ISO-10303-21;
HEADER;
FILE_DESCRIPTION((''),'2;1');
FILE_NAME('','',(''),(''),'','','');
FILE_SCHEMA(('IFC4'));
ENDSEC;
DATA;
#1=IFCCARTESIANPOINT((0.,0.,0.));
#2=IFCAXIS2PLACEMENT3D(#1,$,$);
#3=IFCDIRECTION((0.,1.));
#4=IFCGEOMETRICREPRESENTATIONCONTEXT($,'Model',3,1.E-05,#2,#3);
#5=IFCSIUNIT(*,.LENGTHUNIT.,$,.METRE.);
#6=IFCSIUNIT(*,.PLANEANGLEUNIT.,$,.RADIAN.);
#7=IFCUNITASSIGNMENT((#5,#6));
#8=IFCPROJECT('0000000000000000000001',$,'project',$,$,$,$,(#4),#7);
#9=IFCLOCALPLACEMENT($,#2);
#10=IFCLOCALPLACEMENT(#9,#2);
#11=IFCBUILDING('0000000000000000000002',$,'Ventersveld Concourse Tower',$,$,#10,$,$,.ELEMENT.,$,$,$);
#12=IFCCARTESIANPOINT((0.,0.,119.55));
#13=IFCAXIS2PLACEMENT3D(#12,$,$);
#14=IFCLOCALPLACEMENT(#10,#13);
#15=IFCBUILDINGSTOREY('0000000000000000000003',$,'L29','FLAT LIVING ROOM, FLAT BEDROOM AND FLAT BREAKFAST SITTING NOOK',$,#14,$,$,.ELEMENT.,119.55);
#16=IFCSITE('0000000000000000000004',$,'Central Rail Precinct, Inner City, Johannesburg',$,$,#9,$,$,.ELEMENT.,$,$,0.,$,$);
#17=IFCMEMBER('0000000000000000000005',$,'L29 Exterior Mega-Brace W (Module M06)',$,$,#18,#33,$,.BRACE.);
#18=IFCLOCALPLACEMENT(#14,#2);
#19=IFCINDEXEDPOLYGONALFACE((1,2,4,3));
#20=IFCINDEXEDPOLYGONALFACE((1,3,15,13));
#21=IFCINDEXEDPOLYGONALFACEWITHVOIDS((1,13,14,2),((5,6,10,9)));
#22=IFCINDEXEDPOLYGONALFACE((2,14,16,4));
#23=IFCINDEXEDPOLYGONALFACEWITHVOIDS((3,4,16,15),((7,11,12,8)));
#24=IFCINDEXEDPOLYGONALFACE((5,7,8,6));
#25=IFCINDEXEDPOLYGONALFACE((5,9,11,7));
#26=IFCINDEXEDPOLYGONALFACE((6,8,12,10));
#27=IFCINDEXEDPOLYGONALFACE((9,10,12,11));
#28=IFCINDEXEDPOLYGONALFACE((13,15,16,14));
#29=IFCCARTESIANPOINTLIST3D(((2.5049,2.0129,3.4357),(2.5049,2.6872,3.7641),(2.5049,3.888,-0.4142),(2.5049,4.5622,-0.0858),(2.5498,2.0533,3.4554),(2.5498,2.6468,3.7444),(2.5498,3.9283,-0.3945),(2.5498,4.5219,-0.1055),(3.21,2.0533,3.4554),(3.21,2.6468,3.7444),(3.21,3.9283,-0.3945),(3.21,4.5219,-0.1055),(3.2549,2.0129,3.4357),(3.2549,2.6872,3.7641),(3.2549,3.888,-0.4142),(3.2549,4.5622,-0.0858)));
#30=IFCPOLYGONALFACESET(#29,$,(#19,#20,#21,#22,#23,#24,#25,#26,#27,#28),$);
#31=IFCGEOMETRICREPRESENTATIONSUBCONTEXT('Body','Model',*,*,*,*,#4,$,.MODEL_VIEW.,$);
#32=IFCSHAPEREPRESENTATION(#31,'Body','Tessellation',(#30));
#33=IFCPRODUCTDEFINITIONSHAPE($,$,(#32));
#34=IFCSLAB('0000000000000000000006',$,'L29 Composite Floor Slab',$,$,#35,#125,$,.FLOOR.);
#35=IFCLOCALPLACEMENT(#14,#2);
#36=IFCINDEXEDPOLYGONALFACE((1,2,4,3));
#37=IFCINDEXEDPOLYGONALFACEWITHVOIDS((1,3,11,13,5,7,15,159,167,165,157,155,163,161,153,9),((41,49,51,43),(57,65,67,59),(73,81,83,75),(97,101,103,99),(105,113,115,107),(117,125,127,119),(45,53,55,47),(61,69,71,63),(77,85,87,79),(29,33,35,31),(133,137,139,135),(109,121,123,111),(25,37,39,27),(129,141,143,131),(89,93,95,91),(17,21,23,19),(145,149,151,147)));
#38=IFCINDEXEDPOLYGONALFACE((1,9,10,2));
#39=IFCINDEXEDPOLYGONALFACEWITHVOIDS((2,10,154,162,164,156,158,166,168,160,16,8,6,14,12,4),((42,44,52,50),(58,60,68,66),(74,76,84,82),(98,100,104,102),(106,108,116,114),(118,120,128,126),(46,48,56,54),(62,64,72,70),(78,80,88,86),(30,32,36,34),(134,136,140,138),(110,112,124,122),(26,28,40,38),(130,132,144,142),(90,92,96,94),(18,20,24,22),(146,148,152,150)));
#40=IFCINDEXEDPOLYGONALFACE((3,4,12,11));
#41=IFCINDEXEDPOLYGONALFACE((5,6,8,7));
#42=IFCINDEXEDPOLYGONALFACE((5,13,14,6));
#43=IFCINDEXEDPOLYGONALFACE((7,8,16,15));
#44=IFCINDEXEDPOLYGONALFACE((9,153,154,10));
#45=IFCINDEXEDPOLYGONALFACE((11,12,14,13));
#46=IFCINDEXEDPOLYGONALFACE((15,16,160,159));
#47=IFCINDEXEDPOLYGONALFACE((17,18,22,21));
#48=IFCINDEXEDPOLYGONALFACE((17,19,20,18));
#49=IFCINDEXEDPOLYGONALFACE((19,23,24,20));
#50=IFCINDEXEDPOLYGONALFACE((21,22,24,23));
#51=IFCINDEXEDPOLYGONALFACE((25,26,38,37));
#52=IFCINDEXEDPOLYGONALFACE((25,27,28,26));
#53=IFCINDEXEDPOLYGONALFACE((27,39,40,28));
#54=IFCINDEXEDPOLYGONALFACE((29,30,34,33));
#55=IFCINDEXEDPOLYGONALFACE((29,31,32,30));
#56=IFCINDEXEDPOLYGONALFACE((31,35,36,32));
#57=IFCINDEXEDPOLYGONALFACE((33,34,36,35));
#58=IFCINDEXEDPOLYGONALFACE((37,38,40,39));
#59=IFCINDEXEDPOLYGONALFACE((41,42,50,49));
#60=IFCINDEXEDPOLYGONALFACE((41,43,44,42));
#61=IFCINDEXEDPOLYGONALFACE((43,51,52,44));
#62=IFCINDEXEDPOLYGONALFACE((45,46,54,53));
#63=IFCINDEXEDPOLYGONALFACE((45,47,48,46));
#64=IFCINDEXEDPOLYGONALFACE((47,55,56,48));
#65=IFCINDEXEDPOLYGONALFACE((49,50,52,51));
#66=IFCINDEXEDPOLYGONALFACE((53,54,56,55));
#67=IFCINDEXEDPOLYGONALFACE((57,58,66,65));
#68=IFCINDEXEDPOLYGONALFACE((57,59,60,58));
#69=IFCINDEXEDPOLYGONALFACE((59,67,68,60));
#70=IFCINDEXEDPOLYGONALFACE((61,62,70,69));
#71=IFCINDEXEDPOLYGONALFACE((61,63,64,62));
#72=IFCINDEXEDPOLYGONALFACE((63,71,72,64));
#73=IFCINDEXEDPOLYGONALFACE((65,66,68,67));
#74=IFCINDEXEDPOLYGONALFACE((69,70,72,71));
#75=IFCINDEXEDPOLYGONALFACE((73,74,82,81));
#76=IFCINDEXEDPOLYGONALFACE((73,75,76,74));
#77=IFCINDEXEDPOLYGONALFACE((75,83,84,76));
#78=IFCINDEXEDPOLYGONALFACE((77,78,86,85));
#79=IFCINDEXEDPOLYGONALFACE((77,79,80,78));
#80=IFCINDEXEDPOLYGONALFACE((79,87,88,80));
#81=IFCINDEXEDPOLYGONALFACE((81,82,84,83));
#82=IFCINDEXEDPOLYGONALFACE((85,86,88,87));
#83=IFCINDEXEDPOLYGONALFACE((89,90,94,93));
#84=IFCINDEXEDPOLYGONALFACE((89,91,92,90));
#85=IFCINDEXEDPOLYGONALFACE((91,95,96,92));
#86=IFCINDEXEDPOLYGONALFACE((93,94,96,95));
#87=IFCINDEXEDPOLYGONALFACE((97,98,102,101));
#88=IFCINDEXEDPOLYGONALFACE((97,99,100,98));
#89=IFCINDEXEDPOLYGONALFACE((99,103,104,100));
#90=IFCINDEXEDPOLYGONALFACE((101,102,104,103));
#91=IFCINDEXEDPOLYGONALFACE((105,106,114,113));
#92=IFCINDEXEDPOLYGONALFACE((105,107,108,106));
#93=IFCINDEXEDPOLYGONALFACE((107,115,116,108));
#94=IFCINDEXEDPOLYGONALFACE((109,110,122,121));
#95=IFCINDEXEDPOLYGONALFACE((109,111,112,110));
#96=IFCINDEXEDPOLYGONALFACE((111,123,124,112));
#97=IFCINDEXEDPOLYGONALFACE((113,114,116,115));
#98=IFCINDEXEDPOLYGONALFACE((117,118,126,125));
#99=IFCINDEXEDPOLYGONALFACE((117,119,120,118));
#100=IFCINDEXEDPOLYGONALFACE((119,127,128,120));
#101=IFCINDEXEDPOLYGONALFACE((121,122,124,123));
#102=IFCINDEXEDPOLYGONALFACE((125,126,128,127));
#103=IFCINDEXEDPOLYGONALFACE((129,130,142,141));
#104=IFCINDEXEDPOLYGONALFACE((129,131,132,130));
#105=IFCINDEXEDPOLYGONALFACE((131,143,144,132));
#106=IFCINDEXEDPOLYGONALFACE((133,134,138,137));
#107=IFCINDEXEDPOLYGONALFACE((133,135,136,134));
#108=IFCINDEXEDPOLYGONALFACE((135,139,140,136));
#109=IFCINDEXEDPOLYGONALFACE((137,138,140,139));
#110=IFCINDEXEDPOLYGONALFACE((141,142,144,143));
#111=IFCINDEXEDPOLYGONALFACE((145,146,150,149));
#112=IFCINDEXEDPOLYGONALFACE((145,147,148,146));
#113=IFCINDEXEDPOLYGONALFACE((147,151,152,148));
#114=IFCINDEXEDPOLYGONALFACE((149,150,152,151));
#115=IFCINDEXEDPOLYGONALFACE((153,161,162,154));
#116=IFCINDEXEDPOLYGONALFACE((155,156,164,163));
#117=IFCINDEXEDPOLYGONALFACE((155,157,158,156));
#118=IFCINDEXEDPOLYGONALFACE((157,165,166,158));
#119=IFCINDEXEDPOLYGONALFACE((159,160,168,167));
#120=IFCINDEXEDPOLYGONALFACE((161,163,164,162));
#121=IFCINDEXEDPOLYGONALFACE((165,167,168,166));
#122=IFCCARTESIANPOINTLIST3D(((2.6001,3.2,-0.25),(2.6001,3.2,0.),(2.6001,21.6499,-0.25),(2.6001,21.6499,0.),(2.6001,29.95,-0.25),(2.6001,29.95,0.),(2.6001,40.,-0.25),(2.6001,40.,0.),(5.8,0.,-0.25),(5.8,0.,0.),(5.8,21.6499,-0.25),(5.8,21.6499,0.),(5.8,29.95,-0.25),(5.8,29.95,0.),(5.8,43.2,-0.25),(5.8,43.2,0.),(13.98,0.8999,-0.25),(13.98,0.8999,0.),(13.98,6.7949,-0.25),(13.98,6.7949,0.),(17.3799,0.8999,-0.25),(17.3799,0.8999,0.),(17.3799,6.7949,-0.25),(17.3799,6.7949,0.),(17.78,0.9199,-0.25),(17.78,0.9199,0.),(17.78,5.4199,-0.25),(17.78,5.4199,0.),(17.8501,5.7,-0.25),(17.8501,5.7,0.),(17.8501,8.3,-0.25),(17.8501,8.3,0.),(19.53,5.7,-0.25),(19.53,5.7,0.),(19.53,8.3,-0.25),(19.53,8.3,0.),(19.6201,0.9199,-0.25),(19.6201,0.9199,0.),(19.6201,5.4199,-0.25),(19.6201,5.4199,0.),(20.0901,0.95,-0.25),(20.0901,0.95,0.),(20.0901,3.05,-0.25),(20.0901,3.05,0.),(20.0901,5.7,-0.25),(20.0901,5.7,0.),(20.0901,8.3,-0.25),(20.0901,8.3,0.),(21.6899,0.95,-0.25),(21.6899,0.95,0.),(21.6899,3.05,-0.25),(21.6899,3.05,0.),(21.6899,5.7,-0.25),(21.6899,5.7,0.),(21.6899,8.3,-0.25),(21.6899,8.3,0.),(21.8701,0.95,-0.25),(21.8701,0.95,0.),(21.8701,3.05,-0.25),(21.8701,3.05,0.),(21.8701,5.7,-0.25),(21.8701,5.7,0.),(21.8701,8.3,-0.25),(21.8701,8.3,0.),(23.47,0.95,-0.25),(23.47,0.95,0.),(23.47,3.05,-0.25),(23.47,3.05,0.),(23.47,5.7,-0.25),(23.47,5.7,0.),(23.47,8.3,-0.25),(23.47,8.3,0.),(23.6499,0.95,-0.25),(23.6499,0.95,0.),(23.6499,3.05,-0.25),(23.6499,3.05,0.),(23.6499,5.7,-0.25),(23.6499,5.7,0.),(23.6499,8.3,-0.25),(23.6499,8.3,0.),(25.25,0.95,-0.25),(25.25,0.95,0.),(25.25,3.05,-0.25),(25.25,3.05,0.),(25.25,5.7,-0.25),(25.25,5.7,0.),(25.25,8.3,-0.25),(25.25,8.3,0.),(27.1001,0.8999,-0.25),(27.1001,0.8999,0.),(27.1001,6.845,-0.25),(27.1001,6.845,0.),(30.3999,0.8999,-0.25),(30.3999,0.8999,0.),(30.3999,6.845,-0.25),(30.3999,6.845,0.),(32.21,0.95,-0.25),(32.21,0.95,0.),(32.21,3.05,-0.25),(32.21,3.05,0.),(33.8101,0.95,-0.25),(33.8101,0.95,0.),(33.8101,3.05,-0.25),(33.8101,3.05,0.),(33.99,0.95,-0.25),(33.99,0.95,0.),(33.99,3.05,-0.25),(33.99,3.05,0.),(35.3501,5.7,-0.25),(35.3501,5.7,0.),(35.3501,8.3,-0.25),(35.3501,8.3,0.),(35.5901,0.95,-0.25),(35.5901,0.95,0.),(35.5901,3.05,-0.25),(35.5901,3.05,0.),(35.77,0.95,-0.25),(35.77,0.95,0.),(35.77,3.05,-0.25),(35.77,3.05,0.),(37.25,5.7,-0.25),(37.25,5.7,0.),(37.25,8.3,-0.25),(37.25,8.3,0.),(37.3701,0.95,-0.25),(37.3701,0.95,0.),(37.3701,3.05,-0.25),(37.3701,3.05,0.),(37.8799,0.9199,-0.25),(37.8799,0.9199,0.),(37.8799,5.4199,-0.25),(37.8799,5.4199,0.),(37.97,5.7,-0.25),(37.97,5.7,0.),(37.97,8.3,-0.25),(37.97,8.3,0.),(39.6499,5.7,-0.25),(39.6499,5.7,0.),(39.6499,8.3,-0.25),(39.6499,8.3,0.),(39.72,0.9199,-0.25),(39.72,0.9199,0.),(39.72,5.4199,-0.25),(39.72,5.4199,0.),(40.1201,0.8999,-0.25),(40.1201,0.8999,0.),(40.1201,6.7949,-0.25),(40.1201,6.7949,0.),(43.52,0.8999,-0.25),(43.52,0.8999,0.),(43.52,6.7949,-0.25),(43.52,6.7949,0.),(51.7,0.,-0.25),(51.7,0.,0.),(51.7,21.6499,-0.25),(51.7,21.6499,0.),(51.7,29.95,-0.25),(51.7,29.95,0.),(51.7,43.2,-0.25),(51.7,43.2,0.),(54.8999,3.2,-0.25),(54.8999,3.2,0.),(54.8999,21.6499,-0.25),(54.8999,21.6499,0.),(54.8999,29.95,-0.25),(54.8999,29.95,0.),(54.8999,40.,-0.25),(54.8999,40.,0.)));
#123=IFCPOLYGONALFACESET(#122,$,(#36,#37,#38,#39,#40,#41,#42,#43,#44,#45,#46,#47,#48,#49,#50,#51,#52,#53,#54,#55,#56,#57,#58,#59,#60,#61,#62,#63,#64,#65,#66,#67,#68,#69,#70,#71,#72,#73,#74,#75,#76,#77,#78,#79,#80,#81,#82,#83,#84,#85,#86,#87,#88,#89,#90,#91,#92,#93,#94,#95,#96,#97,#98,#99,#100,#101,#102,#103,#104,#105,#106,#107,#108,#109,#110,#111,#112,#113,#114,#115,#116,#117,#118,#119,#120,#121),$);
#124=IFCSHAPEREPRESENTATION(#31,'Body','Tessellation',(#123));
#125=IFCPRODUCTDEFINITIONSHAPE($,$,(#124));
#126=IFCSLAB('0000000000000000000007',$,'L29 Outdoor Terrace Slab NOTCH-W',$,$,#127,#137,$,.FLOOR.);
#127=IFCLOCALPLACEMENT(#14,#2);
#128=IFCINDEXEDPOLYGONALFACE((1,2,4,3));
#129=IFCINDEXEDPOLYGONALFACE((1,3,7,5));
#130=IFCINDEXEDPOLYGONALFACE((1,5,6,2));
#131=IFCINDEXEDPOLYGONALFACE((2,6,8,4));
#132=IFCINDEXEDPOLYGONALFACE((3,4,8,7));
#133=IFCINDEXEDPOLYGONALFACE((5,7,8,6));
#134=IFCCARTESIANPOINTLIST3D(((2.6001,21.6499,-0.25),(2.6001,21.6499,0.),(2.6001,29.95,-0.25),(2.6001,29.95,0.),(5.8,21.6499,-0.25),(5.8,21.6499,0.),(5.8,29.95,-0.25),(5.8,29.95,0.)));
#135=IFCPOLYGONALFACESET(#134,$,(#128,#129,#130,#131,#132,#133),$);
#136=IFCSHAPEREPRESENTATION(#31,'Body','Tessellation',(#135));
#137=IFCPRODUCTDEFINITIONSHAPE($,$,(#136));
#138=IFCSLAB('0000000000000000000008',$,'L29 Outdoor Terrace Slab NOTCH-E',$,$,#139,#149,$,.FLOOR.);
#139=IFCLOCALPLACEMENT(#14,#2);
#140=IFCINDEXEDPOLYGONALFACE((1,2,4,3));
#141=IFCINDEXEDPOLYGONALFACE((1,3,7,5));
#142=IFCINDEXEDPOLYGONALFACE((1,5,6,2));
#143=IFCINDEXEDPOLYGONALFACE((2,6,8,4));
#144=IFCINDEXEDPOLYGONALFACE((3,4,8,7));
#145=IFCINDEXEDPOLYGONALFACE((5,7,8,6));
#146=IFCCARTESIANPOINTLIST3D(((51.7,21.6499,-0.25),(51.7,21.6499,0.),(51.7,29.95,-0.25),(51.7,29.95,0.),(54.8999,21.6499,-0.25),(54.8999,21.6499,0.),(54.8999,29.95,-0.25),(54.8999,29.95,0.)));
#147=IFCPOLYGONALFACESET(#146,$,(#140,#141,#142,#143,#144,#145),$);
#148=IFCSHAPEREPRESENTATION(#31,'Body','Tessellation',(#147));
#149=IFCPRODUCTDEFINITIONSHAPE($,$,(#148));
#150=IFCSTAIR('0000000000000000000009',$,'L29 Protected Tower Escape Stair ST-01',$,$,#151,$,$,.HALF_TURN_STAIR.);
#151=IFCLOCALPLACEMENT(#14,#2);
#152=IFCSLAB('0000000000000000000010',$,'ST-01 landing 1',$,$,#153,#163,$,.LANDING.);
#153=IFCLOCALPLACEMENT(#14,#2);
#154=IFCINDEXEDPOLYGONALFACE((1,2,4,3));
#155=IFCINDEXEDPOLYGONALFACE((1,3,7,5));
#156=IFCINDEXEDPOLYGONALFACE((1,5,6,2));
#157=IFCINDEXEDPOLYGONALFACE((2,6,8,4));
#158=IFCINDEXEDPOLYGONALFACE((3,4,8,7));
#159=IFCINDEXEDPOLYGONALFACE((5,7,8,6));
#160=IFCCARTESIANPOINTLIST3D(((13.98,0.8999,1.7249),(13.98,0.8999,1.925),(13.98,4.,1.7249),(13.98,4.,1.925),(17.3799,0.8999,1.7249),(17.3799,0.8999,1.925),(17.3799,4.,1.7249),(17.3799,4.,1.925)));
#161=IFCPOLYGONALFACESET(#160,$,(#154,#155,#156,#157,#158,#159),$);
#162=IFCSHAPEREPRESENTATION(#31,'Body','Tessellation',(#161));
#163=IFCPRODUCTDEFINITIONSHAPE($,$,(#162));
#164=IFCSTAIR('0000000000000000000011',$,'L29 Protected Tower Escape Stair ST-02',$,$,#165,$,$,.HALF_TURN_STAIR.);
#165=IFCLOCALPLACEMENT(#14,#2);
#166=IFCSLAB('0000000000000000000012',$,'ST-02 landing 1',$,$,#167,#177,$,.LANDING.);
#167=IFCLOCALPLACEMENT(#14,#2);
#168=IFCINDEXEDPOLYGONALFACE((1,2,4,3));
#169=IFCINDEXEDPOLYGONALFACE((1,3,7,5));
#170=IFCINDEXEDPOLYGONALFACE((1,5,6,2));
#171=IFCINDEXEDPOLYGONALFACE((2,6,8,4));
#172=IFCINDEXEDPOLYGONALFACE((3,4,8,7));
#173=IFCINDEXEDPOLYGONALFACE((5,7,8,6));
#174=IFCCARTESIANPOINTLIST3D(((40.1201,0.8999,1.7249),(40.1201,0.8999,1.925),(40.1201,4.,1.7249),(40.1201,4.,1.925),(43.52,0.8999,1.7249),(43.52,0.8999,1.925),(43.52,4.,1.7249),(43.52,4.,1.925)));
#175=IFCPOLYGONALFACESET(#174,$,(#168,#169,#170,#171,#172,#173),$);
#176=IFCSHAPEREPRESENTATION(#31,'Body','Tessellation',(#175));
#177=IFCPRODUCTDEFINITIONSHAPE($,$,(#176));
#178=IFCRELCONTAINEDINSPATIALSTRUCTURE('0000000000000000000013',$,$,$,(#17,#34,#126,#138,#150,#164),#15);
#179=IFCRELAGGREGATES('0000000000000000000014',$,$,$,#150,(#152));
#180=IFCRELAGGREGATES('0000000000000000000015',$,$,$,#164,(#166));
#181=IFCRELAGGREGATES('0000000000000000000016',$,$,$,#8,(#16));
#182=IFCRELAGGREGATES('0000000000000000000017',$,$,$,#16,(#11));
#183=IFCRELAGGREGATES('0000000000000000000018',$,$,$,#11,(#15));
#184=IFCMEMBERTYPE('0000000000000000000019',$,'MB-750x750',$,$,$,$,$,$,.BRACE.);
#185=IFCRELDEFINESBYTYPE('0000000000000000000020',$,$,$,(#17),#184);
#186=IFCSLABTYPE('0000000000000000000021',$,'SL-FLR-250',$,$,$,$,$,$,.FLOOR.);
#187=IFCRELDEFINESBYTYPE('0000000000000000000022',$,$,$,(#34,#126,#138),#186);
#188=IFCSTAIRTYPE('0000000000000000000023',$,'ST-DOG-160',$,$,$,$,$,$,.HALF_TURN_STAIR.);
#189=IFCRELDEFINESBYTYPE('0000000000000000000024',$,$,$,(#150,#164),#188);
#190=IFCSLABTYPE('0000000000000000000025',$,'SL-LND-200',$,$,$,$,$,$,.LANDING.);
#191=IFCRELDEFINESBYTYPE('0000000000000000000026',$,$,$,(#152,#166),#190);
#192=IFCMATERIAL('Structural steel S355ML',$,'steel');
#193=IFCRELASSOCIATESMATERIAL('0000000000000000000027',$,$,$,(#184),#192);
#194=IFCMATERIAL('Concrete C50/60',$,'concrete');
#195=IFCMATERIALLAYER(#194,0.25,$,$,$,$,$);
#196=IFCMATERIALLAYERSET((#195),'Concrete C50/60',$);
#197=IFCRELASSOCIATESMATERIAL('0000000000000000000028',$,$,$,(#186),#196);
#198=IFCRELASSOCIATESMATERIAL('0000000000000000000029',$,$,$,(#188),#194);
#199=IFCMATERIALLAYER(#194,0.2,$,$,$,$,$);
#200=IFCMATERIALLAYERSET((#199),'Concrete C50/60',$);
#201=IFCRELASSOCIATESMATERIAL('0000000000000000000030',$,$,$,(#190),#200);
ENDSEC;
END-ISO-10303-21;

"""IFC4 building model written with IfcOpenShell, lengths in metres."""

from ifc_helpers import new_model, si_unit, direction, frame, origin, origin_2d, place, context, subcontext, project, spatial, polyline, hollow_rectangle, outline, extrude, material, layer, layer_set, material_profile, profile_set, type_object, element, aggregate, save


model = new_model("IFC4")

# Units and contexts
model_context = context("Model", 3, precision=1e-05, world=origin(), true_north=direction((0.0, 1.0)))
body_context = subcontext(model_context, "Body", "Model", "MODEL_VIEW")
ifc_project = project(units=[si_unit("LENGTHUNIT", "METRE"), si_unit("PLANEANGLEUNIT", "RADIAN")], contexts=[model_context])

# Site, building, storey
site_placement = place(None, origin())
site = spatial("IfcSite", under=ifc_project, at=site_placement, Name="Central Rail Precinct, Inner City, Johannesburg", CompositionType="ELEMENT", RefElevation=0.0)
building_placement = place(site_placement, origin())
building = spatial("IfcBuilding", under=site, at=building_placement, Name="Ventersveld Concourse Tower", CompositionType="ELEMENT")
storey_placement = place(building_placement, frame((0.0, 0.0, 119.55)))
storey = spatial("IfcBuildingStorey", under=building, at=storey_placement, Name="L29", Description="FLAT LIVING ROOM, FLAT BEDROOM AND FLAT BREAKFAST SITTING NOOK", CompositionType="ELEMENT", Elevation=119.55)

# Member
ifc_material_1 = material(Name="Structural steel S355ML", Category="steel")
ifc_material_profile = material_profile(ifc_material_1, hollow_rectangle(XDim=0.75, YDim=0.75, WallThickness=0.0449, at=origin_2d()), Name="BOX 750x750x45")
ifc_profile_set = profile_set([ifc_material_profile], Name="Structural steel S355ML")
member_type = type_object("IfcMemberType", Name="MB-750x750", PredefinedType="BRACE", material=ifc_profile_set)
member_placement = place(storey_placement, frame((2.8799, 4.2251, -0.25), z_axis=(0.0, -0.437862, 0.899042), x_axis=(1.0, 0.0, 0.0)))
element("IfcMember", 1, at=member_placement, inside=storey, type_object=member_type, Name="L29 Exterior Mega-Brace W (Module M06)", PredefinedType="BRACE", context=body_context, shape_type="SweptSolid", body=[
    extrude(hollow_rectangle(XDim=0.75, YDim=0.75, WallThickness=0.0449, at=origin_2d()), origin(), (0.0, 0.0, 1.0), 4.2822),
])

# Slabs
ifc_material_2 = material(Name="Concrete C50/60", Category="concrete")
ifc_layer_1 = layer(ifc_material_2, 0.25)
ifc_layer_set_1 = layer_set([ifc_layer_1], Name="Concrete C50/60")
slab_type_1 = type_object("IfcSlabType", Name="SL-FLR-250", PredefinedType="FLOOR", material=ifc_layer_set_1)
slab_1_placement = place(storey_placement, frame((0.0, 0.0, -0.25)))
element("IfcSlab", 2, at=slab_1_placement, inside=storey, type_object=slab_type_1, Name="L29 Composite Floor Slab", PredefinedType="FLOOR", context=body_context, shape_type="SweptSolid", body=[
    extrude(outline(polyline([(5.8, 0.0), (51.7, 0.0), (54.8999, 3.2), (54.8999, 21.6499), (51.7, 21.6499), (51.7, 29.95), (54.8999, 29.95), (54.8999, 40.0), (51.7, 43.2), (5.8, 43.2), (2.6001, 40.0), (2.6001, 29.95), (5.8, 29.95), (5.8, 21.6499), (2.6001, 21.6499), (2.6001, 3.2), (5.8, 0.0)]), holes=[polyline([(13.98, 6.7949), (13.98, 0.8999), (17.3799, 0.8999), (17.3799, 6.7949), (13.98, 6.7949)]), polyline([(40.1201, 6.7949), (40.1201, 0.8999), (43.52, 0.8999), (43.52, 6.7949), (40.1201, 6.7949)]), polyline([(27.1001, 6.845), (27.1001, 0.8999), (30.3999, 0.8999), (30.3999, 6.845), (27.1001, 6.845)]), polyline([(17.8501, 5.7), (19.53, 5.7), (19.53, 8.3), (17.8501, 8.3), (17.8501, 5.7)]), polyline([(37.97, 5.7), (39.6499, 5.7), (39.6499, 8.3), (37.97, 8.3), (37.97, 5.7)]), polyline([(35.3501, 5.7), (37.25, 5.7), (37.25, 8.3), (35.3501, 8.3), (35.3501, 5.7)]), polyline([(20.0901, 0.95), (21.6899, 0.95), (21.6899, 3.05), (20.0901, 3.05), (20.0901, 0.95)]), polyline([(21.8701, 0.95), (23.47, 0.95), (23.47, 3.05), (21.8701, 3.05), (21.8701, 0.95)]), polyline([(23.6499, 0.95), (25.25, 0.95), (25.25, 3.05), (23.6499, 3.05), (23.6499, 0.95)]), polyline([(32.21, 0.95), (33.8101, 0.95), (33.8101, 3.05), (32.21, 3.05), (32.21, 0.95)]), polyline([(33.99, 0.95), (35.5901, 0.95), (35.5901, 3.05), (33.99, 3.05), (33.99, 0.95)]), polyline([(35.77, 0.95), (37.3701, 0.95), (37.3701, 3.05), (35.77, 3.05), (35.77, 0.95)]), polyline([(20.0901, 5.7), (21.6899, 5.7), (21.6899, 8.3), (20.0901, 8.3), (20.0901, 5.7)]), polyline([(21.8701, 5.7), (23.47, 5.7), (23.47, 8.3), (21.8701, 8.3), (21.8701, 5.7)]), polyline([(23.6499, 5.7), (25.25, 5.7), (25.25, 8.3), (23.6499, 8.3), (23.6499, 5.7)]), polyline([(17.78, 0.9199), (19.6201, 0.9199), (19.6201, 5.4199), (17.78, 5.4199), (17.78, 0.9199)]), polyline([(37.8799, 0.9199), (39.72, 0.9199), (39.72, 5.4199), (37.8799, 5.4199), (37.8799, 0.9199)])]), origin(), (0.0, 0.0, 1.0), 0.25),
])
slab_2_placement = place(storey_placement, frame((0.0, 0.0, -0.25)))
element("IfcSlab", 3, at=slab_2_placement, inside=storey, type_object=slab_type_1, Name="L29 Outdoor Terrace Slab NOTCH-W", PredefinedType="FLOOR", context=body_context, shape_type="SweptSolid", body=[
    extrude(outline(polyline([(2.6001, 21.6499), (5.8, 21.6499), (5.8, 29.95), (2.6001, 29.95), (2.6001, 21.6499)])), origin(), (0.0, 0.0, 1.0), 0.25),
])
slab_3_placement = place(storey_placement, frame((0.0, 0.0, -0.25)))
element("IfcSlab", 4, at=slab_3_placement, inside=storey, type_object=slab_type_1, Name="L29 Outdoor Terrace Slab NOTCH-E", PredefinedType="FLOOR", context=body_context, shape_type="SweptSolid", body=[
    extrude(outline(polyline([(51.7, 21.6499), (54.8999, 21.6499), (54.8999, 29.95), (51.7, 29.95), (51.7, 21.6499)])), origin(), (0.0, 0.0, 1.0), 0.25),
])

# Stairs, slabs
stair_type_1 = type_object("IfcStairType", Name="ST-DOG-160", PredefinedType="HALF_TURN_STAIR", material=ifc_material_2)
stair_1_placement = place(storey_placement, origin())
stair_1 = element("IfcStair", 5, at=stair_1_placement, inside=storey, type_object=stair_type_1, Name="L29 Protected Tower Escape Stair ST-01", PredefinedType="HALF_TURN_STAIR")
ifc_layer_2 = layer(ifc_material_2, 0.2)
ifc_layer_set_2 = layer_set([ifc_layer_2], Name="Concrete C50/60")
slab_type_2 = type_object("IfcSlabType", Name="SL-LND-200", PredefinedType="LANDING", material=ifc_layer_set_2)
slab_4_placement = place(storey_placement, frame((0.0, 0.0, 1.7249)))
slab_4 = element("IfcSlab", 6, at=slab_4_placement, type_object=slab_type_2, Name="ST-01 landing 1", PredefinedType="LANDING", context=body_context, shape_type="SweptSolid", body=[
    extrude(outline(polyline([(13.98, 4.0), (13.98, 0.8999), (17.3799, 0.8999), (17.3799, 4.0), (13.98, 4.0)])), origin(), (0.0, 0.0, 1.0), 0.2002),
])
aggregate(stair_1, [slab_4])
stair_2_placement = place(storey_placement, origin())
stair_2 = element("IfcStair", 7, at=stair_2_placement, inside=storey, type_object=stair_type_1, Name="L29 Protected Tower Escape Stair ST-02", PredefinedType="HALF_TURN_STAIR")
slab_5_placement = place(storey_placement, frame((0.0, 0.0, 1.7249)))
slab_5 = element("IfcSlab", 8, at=slab_5_placement, type_object=slab_type_2, Name="ST-02 landing 1", PredefinedType="LANDING", context=body_context, shape_type="SweptSolid", body=[
    extrude(outline(polyline([(40.1201, 4.0), (40.1201, 0.8999), (43.52, 0.8999), (43.52, 4.0), (40.1201, 4.0)])), origin(), (0.0, 0.0, 1.0), 0.2002),
])
aggregate(stair_2, [slab_5])

save(model, "model.ifc")
